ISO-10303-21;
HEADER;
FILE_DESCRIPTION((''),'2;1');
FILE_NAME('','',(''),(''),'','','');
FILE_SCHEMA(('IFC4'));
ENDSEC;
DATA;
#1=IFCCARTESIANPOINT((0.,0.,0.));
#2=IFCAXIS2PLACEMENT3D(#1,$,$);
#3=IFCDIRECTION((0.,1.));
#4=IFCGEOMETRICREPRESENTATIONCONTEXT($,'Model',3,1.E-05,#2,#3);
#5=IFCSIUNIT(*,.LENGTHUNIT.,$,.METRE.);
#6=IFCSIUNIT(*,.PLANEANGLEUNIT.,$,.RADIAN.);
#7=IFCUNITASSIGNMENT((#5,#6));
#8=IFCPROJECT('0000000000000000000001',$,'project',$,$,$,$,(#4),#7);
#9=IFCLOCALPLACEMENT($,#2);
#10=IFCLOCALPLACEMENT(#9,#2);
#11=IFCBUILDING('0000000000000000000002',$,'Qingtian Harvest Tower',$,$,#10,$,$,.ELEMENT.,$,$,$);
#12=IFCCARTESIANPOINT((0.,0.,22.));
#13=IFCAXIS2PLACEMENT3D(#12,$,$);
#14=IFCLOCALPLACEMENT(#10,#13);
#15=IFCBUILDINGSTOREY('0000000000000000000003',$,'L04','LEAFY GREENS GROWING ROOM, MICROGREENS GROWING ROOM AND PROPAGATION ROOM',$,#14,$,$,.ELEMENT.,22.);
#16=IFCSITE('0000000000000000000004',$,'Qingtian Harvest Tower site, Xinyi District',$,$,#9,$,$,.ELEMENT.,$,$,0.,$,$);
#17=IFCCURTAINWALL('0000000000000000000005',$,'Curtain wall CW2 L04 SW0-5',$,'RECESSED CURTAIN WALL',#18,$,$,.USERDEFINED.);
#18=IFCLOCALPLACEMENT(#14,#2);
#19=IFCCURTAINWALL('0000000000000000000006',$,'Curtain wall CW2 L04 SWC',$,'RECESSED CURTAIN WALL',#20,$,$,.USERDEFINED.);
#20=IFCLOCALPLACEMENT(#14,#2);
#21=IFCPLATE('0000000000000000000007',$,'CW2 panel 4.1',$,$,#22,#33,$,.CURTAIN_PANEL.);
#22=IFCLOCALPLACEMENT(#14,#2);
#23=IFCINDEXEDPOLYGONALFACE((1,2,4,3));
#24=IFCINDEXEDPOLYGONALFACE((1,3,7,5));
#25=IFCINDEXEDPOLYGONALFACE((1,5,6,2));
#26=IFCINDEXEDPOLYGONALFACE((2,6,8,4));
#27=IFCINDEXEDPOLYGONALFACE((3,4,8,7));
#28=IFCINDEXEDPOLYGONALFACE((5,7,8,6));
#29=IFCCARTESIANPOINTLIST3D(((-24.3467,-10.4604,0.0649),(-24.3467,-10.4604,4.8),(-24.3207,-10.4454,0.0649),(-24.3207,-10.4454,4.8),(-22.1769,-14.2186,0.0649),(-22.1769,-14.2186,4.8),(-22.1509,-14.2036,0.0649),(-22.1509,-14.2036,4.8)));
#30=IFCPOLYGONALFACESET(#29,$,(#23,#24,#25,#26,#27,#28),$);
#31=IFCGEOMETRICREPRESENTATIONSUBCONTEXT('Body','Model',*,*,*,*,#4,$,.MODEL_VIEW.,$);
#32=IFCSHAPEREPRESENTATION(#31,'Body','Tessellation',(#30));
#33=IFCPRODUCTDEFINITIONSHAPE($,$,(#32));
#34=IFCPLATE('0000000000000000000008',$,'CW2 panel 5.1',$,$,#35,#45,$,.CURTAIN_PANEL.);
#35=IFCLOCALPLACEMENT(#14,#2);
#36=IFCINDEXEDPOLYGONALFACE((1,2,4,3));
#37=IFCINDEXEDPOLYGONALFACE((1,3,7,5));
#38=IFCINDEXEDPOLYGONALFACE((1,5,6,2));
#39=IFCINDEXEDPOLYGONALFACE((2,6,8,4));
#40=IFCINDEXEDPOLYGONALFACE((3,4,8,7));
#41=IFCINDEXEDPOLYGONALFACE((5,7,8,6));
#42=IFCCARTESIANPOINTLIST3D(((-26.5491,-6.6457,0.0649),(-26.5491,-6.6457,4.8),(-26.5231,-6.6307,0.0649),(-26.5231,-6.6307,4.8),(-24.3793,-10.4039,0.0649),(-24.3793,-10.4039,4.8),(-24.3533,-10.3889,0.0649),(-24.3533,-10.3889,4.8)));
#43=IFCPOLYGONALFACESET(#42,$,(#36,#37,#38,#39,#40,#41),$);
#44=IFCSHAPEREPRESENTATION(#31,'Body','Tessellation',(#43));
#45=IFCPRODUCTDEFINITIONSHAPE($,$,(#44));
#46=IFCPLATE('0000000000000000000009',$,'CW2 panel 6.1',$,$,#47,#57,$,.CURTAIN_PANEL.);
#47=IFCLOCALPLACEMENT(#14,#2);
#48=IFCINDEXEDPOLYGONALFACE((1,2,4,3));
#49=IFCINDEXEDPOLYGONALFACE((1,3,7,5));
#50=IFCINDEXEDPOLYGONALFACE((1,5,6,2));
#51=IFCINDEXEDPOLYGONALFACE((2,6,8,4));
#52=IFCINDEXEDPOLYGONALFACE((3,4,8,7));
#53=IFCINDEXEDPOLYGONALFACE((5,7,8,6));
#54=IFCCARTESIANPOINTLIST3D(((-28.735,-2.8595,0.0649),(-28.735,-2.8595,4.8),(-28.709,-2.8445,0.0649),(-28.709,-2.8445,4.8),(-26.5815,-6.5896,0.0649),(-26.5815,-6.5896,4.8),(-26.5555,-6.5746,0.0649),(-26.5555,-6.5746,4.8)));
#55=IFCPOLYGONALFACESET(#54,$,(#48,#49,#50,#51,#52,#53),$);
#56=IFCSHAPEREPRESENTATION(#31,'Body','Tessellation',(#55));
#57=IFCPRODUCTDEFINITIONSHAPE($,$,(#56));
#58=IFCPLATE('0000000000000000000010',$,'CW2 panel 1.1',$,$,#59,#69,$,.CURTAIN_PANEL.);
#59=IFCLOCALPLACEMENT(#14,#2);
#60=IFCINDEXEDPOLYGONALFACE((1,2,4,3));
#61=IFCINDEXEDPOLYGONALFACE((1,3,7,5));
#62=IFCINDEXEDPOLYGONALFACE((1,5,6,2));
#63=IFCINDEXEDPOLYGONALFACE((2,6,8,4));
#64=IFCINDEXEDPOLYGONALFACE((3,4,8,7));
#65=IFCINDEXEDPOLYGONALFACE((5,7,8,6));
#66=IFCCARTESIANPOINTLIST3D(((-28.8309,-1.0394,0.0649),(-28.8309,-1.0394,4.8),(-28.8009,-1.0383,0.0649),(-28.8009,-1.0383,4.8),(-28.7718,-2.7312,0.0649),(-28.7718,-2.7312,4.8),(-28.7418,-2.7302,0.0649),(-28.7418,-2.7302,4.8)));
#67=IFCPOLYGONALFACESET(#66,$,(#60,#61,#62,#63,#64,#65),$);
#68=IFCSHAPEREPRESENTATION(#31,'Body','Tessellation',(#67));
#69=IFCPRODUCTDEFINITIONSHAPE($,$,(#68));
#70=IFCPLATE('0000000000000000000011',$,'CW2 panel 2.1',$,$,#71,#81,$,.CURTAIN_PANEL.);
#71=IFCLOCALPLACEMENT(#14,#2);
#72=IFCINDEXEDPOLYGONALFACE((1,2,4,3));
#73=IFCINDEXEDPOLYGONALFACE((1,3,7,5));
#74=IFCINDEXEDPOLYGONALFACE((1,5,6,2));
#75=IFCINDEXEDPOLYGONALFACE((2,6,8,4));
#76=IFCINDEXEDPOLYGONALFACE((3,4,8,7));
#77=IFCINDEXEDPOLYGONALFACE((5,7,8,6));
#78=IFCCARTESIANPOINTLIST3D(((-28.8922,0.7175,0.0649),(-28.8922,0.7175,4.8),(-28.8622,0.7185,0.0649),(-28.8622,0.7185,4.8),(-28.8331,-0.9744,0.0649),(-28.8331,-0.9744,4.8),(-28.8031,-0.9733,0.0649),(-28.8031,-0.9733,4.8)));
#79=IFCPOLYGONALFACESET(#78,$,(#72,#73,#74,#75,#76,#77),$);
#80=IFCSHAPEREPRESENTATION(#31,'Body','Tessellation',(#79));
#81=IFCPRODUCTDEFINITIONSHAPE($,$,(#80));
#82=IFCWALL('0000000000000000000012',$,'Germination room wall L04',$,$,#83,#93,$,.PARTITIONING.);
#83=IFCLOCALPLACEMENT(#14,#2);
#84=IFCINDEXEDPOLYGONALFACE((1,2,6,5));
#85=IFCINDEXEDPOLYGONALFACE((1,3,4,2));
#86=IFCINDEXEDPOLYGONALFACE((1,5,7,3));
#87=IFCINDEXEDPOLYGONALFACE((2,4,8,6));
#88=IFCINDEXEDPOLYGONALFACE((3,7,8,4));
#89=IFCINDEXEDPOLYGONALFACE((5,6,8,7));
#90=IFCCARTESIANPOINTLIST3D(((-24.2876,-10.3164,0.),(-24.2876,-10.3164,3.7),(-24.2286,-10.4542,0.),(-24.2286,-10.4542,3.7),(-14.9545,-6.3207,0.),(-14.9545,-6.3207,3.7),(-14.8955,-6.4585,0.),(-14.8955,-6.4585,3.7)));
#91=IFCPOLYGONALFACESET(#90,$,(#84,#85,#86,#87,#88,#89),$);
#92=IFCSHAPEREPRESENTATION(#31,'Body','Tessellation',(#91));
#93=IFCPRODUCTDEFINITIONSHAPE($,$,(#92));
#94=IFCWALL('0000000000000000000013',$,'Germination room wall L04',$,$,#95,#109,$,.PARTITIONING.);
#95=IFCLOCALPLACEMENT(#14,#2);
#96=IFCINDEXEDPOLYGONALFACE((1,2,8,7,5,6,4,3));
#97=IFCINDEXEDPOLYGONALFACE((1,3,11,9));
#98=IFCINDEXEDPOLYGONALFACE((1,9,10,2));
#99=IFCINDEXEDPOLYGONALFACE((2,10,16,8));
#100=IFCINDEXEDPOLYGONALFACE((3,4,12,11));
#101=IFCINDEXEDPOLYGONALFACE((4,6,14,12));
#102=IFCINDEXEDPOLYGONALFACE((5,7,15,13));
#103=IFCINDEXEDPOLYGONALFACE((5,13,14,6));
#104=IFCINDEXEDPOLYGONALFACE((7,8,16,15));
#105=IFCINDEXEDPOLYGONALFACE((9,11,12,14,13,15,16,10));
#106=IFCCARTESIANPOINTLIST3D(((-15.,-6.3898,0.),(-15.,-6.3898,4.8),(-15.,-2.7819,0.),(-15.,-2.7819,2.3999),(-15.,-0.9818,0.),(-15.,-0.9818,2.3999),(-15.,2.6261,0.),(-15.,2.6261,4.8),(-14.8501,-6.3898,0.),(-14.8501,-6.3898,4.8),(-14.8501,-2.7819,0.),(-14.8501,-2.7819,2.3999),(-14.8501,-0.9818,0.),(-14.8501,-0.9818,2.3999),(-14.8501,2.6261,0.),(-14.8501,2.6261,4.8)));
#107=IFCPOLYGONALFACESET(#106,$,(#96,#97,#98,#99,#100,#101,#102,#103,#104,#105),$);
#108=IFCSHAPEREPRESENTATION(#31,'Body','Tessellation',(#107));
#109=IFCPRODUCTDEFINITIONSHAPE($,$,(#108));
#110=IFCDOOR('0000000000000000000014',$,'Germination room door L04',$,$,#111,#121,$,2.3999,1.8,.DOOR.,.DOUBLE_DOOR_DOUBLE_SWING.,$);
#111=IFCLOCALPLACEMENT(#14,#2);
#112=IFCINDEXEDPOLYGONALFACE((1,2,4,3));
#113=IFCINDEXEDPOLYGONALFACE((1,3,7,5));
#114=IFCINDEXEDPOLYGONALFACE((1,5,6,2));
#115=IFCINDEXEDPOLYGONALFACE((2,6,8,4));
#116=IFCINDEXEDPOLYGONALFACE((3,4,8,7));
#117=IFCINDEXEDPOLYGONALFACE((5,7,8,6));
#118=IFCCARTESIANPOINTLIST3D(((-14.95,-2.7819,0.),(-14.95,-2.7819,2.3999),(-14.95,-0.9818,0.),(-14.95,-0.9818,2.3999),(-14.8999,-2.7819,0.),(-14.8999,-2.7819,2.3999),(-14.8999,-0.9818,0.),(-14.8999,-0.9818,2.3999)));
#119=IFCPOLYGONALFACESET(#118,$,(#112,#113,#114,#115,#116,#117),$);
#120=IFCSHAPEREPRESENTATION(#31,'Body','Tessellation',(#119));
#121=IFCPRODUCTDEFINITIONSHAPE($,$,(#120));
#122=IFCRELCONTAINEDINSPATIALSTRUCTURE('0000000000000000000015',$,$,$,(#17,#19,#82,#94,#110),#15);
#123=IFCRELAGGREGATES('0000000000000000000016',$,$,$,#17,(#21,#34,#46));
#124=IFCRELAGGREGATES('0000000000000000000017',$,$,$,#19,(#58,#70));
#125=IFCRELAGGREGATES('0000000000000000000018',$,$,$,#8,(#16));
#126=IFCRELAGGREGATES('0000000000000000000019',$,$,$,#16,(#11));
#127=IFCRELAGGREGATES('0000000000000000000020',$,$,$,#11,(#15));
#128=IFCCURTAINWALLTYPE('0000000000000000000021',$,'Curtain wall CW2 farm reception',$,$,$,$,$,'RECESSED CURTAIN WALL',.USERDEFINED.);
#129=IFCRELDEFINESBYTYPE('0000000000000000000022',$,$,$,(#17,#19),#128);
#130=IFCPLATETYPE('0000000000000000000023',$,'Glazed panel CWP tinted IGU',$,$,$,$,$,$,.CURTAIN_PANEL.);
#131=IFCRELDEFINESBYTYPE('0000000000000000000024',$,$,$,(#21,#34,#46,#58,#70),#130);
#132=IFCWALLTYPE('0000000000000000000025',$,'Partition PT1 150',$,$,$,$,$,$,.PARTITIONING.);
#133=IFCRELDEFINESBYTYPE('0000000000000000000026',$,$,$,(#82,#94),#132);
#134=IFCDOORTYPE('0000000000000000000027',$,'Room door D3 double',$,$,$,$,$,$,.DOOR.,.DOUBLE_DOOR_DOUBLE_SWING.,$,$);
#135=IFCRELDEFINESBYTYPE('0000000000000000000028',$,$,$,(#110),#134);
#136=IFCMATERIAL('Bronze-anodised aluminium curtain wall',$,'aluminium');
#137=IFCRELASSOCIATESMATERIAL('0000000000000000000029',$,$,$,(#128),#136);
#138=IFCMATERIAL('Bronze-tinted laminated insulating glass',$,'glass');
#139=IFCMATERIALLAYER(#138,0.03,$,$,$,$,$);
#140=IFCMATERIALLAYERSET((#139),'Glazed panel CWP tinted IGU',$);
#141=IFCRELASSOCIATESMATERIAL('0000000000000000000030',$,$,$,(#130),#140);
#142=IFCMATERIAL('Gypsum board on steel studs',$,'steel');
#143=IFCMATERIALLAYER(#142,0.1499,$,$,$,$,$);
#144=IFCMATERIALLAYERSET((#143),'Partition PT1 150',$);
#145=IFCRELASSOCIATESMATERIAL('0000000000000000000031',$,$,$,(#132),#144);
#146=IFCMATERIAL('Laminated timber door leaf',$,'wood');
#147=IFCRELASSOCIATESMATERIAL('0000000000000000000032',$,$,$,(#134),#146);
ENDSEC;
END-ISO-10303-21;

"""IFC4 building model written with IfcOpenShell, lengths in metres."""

from ifc_helpers import new_model, si_unit, direction, frame, frame_2d, origin, origin_2d, place, context, subcontext, project, spatial, rectangle, extrude, material, layer, layer_set, type_object, element, fill, aggregate, save


model = new_model("IFC4")

# Units and contexts
model_context = context("Model", 3, precision=1e-05, world=origin(), true_north=direction((0.0, 1.0)))
body_context = subcontext(model_context, "Body", "Model", "MODEL_VIEW")
ifc_project = project(units=[si_unit("LENGTHUNIT", "METRE"), si_unit("PLANEANGLEUNIT", "RADIAN")], contexts=[model_context])

# Site, building, storey
site_placement = place(None, origin())
site = spatial("IfcSite", under=ifc_project, at=site_placement, Name="Qingtian Harvest Tower site, Xinyi District", CompositionType="ELEMENT", RefElevation=0.0)
building_placement = place(site_placement, origin())
building = spatial("IfcBuilding", under=site, at=building_placement, Name="Qingtian Harvest Tower", CompositionType="ELEMENT")
storey_placement = place(building_placement, frame((0.0, 0.0, 22.0)))
storey = spatial("IfcBuildingStorey", under=building, at=storey_placement, Name="L04", Description="LEAFY GREENS GROWING ROOM, MICROGREENS GROWING ROOM AND PROPAGATION ROOM", CompositionType="ELEMENT", Elevation=22.0)

# Curtain walls
ifc_material_1 = material(Name="Bronze-anodised aluminium curtain wall", Category="aluminium")
curtain_wall_type = type_object("IfcCurtainWallType", Name="Curtain wall CW2 farm reception", ElementType="RECESSED CURTAIN WALL", PredefinedType="USERDEFINED", material=ifc_material_1)
curtain_wall_1_placement = place(storey_placement, origin())
curtain_wall_1 = element("IfcCurtainWall", 1, at=curtain_wall_1_placement, inside=storey, type_object=curtain_wall_type, Name="Curtain wall CW2 L04 SW0-5", ObjectType="RECESSED CURTAIN WALL", PredefinedType="USERDEFINED")
curtain_wall_2_placement = place(storey_placement, origin())
curtain_wall_2 = element("IfcCurtainWall", 2, at=curtain_wall_2_placement, inside=storey, type_object=curtain_wall_type, Name="Curtain wall CW2 L04 SWC", ObjectType="RECESSED CURTAIN WALL", PredefinedType="USERDEFINED")

# Plates
ifc_material_2 = material(Name="Bronze-tinted laminated insulating glass", Category="glass")
ifc_layer_1 = layer(ifc_material_2, 0.03)
ifc_layer_set_1 = layer_set([ifc_layer_1], Name="Glazed panel CWP tinted IGU")
plate_type = type_object("IfcPlateType", Name="Glazed panel CWP tinted IGU", PredefinedType="CURTAIN_PANEL", material=ifc_layer_set_1)
plate_1_placement = place(storey_placement, frame((-23.2488, -12.332, 0.0649), z_axis=(0.0, 0.0, 1.0), x_axis=(-0.5, 0.866025, 0.0)))
plate_1 = element("IfcPlate", 3, at=plate_1_placement, type_object=plate_type, Name="CW2 panel 4.1", PredefinedType="CURTAIN_PANEL", context=body_context, shape_type="SweptSolid", body=[
    extrude(rectangle(XDim=4.3396, YDim=0.03, at=origin_2d()), origin(), (0.0, 0.0, 1.0), 4.7351),
])
plate_2_placement = place(storey_placement, frame((-25.4512, -8.5173, 0.0649), z_axis=(0.0, 0.0, 1.0), x_axis=(-0.5, 0.866025, 0.0)))
plate_2 = element("IfcPlate", 4, at=plate_2_placement, type_object=plate_type, Name="CW2 panel 5.1", PredefinedType="CURTAIN_PANEL", context=body_context, shape_type="SweptSolid", body=[
    extrude(rectangle(XDim=4.3396, YDim=0.03, at=origin_2d()), origin(), (0.0, 0.0, 1.0), 4.7351),
])
plate_3_placement = place(storey_placement, frame((-27.6453, -4.717, 0.0649), z_axis=(0.0, 0.0, 1.0), x_axis=(-0.5, 0.866025, 0.0)))
plate_3 = element("IfcPlate", 5, at=plate_3_placement, type_object=plate_type, Name="CW2 panel 6.1", PredefinedType="CURTAIN_PANEL", context=body_context, shape_type="SweptSolid", body=[
    extrude(rectangle(XDim=4.3071, YDim=0.03, at=origin_2d()), origin(), (0.0, 0.0, 1.0), 4.7351),
])
aggregate(curtain_wall_1, [plate_1, plate_2, plate_3])
plate_4_placement = place(storey_placement, frame((-28.7864, -1.8848, 0.0649), z_axis=(0.0, 0.0, 1.0), x_axis=(-0.034899, 0.999391, 0.0)))
plate_4 = element("IfcPlate", 6, at=plate_4_placement, type_object=plate_type, Name="CW2 panel 1.1", PredefinedType="CURTAIN_PANEL", context=body_context, shape_type="SweptSolid", body=[
    extrude(rectangle(XDim=1.6929, YDim=0.03, at=origin_2d()), origin(), (0.0, 0.0, 1.0), 4.7351),
])
plate_5_placement = place(storey_placement, frame((-28.8477, -0.1279, 0.0649), z_axis=(0.0, 0.0, 1.0), x_axis=(-0.034899, 0.999391, 0.0)))
plate_5 = element("IfcPlate", 7, at=plate_5_placement, type_object=plate_type, Name="CW2 panel 2.1", PredefinedType="CURTAIN_PANEL", context=body_context, shape_type="SweptSolid", body=[
    extrude(rectangle(XDim=1.6929, YDim=0.03, at=origin_2d()), origin(), (0.0, 0.0, 1.0), 4.7351),
])
aggregate(curtain_wall_2, [plate_4, plate_5])

# Shared definitions
ifc_material_3 = material(Name="Gypsum board on steel studs", Category="steel")
ifc_layer_2 = layer(ifc_material_3, 0.1499)
ifc_layer_set_2 = layer_set([ifc_layer_2], Name="Partition PT1 150")
wall_type = type_object("IfcWallType", Name="Partition PT1 150", PredefinedType="PARTITIONING", material=ifc_layer_set_2)
ifc_material_4 = material(Name="Laminated timber door leaf", Category="wood")
door_type = type_object("IfcDoorType", Name="Room door D3 double", OperationType="DOUBLE_DOOR_DOUBLE_SWING", PredefinedType="DOOR", material=ifc_material_4)

# Wall
wall_1_placement = place(storey_placement, frame((-24.2581, -10.3853, 0.0), z_axis=(0.0, 0.0, 1.0), x_axis=(0.919297, 0.393565, 0.0)))
element("IfcWall", 8, at=wall_1_placement, inside=storey, type_object=wall_type, Name="Germination room wall L04", PredefinedType="PARTITIONING", context=body_context, shape_type="SweptSolid", body=[
    extrude(rectangle(XDim=10.1523, YDim=0.1499, at=frame_2d((5.0762, 0.0))), origin(), (0.0, 0.0, 1.0), 3.7),
])

# Wall, opening, door
wall_2_placement = place(storey_placement, frame((-14.925, -6.3896, 0.0), z_axis=(0.0, 0.0, 1.0), x_axis=(0.0, 1.0, 0.0)))
wall_2 = element("IfcWall", 9, at=wall_2_placement, inside=storey, type_object=wall_type, Name="Germination room wall L04", PredefinedType="PARTITIONING", context=body_context, shape_type="SweptSolid", body=[
    extrude(rectangle(XDim=9.0159, YDim=0.1499, at=frame_2d((4.5078, 0.0))), origin(), (0.0, 0.0, 1.0), 4.8),
])
opening_1_placement = place(wall_2_placement, frame((3.6079, 0.0, 0.0)))
opening_1 = element("IfcOpeningElement", 10, at=opening_1_placement, cuts=wall_2, PredefinedType="OPENING", context=body_context, shape_type="SweptSolid", body=[
    extrude(rectangle(XDim=1.8, YDim=2.3999, at=frame_2d((0.8999, 1.2))), frame((0.0, 0.085, 0.0), z_axis=(0.0, -1.0, 0.0), x_axis=(1.0, 0.0, 0.0)), (0.0, 0.0, 1.0), 0.1699),
])
door_1_placement = place(opening_1_placement, origin())
door_1 = element("IfcDoor", 11, at=door_1_placement, inside=storey, type_object=door_type, Name="Germination room door L04", OperationType="DOUBLE_DOOR_DOUBLE_SWING", OverallHeight=2.3999, OverallWidth=1.8, PredefinedType="DOOR", context=body_context, shape_type="SweptSolid", body=[
    extrude(rectangle(XDim=1.8, YDim=2.3999, at=frame_2d((0.8999, 1.2))), frame((0.0, 0.0249, 0.0), z_axis=(0.0, -1.0, 0.0), x_axis=(1.0, 0.0, 0.0)), (0.0, 0.0, 1.0), 0.05),
])
fill(opening_1, door_1)

save(model, "model.ifc")
